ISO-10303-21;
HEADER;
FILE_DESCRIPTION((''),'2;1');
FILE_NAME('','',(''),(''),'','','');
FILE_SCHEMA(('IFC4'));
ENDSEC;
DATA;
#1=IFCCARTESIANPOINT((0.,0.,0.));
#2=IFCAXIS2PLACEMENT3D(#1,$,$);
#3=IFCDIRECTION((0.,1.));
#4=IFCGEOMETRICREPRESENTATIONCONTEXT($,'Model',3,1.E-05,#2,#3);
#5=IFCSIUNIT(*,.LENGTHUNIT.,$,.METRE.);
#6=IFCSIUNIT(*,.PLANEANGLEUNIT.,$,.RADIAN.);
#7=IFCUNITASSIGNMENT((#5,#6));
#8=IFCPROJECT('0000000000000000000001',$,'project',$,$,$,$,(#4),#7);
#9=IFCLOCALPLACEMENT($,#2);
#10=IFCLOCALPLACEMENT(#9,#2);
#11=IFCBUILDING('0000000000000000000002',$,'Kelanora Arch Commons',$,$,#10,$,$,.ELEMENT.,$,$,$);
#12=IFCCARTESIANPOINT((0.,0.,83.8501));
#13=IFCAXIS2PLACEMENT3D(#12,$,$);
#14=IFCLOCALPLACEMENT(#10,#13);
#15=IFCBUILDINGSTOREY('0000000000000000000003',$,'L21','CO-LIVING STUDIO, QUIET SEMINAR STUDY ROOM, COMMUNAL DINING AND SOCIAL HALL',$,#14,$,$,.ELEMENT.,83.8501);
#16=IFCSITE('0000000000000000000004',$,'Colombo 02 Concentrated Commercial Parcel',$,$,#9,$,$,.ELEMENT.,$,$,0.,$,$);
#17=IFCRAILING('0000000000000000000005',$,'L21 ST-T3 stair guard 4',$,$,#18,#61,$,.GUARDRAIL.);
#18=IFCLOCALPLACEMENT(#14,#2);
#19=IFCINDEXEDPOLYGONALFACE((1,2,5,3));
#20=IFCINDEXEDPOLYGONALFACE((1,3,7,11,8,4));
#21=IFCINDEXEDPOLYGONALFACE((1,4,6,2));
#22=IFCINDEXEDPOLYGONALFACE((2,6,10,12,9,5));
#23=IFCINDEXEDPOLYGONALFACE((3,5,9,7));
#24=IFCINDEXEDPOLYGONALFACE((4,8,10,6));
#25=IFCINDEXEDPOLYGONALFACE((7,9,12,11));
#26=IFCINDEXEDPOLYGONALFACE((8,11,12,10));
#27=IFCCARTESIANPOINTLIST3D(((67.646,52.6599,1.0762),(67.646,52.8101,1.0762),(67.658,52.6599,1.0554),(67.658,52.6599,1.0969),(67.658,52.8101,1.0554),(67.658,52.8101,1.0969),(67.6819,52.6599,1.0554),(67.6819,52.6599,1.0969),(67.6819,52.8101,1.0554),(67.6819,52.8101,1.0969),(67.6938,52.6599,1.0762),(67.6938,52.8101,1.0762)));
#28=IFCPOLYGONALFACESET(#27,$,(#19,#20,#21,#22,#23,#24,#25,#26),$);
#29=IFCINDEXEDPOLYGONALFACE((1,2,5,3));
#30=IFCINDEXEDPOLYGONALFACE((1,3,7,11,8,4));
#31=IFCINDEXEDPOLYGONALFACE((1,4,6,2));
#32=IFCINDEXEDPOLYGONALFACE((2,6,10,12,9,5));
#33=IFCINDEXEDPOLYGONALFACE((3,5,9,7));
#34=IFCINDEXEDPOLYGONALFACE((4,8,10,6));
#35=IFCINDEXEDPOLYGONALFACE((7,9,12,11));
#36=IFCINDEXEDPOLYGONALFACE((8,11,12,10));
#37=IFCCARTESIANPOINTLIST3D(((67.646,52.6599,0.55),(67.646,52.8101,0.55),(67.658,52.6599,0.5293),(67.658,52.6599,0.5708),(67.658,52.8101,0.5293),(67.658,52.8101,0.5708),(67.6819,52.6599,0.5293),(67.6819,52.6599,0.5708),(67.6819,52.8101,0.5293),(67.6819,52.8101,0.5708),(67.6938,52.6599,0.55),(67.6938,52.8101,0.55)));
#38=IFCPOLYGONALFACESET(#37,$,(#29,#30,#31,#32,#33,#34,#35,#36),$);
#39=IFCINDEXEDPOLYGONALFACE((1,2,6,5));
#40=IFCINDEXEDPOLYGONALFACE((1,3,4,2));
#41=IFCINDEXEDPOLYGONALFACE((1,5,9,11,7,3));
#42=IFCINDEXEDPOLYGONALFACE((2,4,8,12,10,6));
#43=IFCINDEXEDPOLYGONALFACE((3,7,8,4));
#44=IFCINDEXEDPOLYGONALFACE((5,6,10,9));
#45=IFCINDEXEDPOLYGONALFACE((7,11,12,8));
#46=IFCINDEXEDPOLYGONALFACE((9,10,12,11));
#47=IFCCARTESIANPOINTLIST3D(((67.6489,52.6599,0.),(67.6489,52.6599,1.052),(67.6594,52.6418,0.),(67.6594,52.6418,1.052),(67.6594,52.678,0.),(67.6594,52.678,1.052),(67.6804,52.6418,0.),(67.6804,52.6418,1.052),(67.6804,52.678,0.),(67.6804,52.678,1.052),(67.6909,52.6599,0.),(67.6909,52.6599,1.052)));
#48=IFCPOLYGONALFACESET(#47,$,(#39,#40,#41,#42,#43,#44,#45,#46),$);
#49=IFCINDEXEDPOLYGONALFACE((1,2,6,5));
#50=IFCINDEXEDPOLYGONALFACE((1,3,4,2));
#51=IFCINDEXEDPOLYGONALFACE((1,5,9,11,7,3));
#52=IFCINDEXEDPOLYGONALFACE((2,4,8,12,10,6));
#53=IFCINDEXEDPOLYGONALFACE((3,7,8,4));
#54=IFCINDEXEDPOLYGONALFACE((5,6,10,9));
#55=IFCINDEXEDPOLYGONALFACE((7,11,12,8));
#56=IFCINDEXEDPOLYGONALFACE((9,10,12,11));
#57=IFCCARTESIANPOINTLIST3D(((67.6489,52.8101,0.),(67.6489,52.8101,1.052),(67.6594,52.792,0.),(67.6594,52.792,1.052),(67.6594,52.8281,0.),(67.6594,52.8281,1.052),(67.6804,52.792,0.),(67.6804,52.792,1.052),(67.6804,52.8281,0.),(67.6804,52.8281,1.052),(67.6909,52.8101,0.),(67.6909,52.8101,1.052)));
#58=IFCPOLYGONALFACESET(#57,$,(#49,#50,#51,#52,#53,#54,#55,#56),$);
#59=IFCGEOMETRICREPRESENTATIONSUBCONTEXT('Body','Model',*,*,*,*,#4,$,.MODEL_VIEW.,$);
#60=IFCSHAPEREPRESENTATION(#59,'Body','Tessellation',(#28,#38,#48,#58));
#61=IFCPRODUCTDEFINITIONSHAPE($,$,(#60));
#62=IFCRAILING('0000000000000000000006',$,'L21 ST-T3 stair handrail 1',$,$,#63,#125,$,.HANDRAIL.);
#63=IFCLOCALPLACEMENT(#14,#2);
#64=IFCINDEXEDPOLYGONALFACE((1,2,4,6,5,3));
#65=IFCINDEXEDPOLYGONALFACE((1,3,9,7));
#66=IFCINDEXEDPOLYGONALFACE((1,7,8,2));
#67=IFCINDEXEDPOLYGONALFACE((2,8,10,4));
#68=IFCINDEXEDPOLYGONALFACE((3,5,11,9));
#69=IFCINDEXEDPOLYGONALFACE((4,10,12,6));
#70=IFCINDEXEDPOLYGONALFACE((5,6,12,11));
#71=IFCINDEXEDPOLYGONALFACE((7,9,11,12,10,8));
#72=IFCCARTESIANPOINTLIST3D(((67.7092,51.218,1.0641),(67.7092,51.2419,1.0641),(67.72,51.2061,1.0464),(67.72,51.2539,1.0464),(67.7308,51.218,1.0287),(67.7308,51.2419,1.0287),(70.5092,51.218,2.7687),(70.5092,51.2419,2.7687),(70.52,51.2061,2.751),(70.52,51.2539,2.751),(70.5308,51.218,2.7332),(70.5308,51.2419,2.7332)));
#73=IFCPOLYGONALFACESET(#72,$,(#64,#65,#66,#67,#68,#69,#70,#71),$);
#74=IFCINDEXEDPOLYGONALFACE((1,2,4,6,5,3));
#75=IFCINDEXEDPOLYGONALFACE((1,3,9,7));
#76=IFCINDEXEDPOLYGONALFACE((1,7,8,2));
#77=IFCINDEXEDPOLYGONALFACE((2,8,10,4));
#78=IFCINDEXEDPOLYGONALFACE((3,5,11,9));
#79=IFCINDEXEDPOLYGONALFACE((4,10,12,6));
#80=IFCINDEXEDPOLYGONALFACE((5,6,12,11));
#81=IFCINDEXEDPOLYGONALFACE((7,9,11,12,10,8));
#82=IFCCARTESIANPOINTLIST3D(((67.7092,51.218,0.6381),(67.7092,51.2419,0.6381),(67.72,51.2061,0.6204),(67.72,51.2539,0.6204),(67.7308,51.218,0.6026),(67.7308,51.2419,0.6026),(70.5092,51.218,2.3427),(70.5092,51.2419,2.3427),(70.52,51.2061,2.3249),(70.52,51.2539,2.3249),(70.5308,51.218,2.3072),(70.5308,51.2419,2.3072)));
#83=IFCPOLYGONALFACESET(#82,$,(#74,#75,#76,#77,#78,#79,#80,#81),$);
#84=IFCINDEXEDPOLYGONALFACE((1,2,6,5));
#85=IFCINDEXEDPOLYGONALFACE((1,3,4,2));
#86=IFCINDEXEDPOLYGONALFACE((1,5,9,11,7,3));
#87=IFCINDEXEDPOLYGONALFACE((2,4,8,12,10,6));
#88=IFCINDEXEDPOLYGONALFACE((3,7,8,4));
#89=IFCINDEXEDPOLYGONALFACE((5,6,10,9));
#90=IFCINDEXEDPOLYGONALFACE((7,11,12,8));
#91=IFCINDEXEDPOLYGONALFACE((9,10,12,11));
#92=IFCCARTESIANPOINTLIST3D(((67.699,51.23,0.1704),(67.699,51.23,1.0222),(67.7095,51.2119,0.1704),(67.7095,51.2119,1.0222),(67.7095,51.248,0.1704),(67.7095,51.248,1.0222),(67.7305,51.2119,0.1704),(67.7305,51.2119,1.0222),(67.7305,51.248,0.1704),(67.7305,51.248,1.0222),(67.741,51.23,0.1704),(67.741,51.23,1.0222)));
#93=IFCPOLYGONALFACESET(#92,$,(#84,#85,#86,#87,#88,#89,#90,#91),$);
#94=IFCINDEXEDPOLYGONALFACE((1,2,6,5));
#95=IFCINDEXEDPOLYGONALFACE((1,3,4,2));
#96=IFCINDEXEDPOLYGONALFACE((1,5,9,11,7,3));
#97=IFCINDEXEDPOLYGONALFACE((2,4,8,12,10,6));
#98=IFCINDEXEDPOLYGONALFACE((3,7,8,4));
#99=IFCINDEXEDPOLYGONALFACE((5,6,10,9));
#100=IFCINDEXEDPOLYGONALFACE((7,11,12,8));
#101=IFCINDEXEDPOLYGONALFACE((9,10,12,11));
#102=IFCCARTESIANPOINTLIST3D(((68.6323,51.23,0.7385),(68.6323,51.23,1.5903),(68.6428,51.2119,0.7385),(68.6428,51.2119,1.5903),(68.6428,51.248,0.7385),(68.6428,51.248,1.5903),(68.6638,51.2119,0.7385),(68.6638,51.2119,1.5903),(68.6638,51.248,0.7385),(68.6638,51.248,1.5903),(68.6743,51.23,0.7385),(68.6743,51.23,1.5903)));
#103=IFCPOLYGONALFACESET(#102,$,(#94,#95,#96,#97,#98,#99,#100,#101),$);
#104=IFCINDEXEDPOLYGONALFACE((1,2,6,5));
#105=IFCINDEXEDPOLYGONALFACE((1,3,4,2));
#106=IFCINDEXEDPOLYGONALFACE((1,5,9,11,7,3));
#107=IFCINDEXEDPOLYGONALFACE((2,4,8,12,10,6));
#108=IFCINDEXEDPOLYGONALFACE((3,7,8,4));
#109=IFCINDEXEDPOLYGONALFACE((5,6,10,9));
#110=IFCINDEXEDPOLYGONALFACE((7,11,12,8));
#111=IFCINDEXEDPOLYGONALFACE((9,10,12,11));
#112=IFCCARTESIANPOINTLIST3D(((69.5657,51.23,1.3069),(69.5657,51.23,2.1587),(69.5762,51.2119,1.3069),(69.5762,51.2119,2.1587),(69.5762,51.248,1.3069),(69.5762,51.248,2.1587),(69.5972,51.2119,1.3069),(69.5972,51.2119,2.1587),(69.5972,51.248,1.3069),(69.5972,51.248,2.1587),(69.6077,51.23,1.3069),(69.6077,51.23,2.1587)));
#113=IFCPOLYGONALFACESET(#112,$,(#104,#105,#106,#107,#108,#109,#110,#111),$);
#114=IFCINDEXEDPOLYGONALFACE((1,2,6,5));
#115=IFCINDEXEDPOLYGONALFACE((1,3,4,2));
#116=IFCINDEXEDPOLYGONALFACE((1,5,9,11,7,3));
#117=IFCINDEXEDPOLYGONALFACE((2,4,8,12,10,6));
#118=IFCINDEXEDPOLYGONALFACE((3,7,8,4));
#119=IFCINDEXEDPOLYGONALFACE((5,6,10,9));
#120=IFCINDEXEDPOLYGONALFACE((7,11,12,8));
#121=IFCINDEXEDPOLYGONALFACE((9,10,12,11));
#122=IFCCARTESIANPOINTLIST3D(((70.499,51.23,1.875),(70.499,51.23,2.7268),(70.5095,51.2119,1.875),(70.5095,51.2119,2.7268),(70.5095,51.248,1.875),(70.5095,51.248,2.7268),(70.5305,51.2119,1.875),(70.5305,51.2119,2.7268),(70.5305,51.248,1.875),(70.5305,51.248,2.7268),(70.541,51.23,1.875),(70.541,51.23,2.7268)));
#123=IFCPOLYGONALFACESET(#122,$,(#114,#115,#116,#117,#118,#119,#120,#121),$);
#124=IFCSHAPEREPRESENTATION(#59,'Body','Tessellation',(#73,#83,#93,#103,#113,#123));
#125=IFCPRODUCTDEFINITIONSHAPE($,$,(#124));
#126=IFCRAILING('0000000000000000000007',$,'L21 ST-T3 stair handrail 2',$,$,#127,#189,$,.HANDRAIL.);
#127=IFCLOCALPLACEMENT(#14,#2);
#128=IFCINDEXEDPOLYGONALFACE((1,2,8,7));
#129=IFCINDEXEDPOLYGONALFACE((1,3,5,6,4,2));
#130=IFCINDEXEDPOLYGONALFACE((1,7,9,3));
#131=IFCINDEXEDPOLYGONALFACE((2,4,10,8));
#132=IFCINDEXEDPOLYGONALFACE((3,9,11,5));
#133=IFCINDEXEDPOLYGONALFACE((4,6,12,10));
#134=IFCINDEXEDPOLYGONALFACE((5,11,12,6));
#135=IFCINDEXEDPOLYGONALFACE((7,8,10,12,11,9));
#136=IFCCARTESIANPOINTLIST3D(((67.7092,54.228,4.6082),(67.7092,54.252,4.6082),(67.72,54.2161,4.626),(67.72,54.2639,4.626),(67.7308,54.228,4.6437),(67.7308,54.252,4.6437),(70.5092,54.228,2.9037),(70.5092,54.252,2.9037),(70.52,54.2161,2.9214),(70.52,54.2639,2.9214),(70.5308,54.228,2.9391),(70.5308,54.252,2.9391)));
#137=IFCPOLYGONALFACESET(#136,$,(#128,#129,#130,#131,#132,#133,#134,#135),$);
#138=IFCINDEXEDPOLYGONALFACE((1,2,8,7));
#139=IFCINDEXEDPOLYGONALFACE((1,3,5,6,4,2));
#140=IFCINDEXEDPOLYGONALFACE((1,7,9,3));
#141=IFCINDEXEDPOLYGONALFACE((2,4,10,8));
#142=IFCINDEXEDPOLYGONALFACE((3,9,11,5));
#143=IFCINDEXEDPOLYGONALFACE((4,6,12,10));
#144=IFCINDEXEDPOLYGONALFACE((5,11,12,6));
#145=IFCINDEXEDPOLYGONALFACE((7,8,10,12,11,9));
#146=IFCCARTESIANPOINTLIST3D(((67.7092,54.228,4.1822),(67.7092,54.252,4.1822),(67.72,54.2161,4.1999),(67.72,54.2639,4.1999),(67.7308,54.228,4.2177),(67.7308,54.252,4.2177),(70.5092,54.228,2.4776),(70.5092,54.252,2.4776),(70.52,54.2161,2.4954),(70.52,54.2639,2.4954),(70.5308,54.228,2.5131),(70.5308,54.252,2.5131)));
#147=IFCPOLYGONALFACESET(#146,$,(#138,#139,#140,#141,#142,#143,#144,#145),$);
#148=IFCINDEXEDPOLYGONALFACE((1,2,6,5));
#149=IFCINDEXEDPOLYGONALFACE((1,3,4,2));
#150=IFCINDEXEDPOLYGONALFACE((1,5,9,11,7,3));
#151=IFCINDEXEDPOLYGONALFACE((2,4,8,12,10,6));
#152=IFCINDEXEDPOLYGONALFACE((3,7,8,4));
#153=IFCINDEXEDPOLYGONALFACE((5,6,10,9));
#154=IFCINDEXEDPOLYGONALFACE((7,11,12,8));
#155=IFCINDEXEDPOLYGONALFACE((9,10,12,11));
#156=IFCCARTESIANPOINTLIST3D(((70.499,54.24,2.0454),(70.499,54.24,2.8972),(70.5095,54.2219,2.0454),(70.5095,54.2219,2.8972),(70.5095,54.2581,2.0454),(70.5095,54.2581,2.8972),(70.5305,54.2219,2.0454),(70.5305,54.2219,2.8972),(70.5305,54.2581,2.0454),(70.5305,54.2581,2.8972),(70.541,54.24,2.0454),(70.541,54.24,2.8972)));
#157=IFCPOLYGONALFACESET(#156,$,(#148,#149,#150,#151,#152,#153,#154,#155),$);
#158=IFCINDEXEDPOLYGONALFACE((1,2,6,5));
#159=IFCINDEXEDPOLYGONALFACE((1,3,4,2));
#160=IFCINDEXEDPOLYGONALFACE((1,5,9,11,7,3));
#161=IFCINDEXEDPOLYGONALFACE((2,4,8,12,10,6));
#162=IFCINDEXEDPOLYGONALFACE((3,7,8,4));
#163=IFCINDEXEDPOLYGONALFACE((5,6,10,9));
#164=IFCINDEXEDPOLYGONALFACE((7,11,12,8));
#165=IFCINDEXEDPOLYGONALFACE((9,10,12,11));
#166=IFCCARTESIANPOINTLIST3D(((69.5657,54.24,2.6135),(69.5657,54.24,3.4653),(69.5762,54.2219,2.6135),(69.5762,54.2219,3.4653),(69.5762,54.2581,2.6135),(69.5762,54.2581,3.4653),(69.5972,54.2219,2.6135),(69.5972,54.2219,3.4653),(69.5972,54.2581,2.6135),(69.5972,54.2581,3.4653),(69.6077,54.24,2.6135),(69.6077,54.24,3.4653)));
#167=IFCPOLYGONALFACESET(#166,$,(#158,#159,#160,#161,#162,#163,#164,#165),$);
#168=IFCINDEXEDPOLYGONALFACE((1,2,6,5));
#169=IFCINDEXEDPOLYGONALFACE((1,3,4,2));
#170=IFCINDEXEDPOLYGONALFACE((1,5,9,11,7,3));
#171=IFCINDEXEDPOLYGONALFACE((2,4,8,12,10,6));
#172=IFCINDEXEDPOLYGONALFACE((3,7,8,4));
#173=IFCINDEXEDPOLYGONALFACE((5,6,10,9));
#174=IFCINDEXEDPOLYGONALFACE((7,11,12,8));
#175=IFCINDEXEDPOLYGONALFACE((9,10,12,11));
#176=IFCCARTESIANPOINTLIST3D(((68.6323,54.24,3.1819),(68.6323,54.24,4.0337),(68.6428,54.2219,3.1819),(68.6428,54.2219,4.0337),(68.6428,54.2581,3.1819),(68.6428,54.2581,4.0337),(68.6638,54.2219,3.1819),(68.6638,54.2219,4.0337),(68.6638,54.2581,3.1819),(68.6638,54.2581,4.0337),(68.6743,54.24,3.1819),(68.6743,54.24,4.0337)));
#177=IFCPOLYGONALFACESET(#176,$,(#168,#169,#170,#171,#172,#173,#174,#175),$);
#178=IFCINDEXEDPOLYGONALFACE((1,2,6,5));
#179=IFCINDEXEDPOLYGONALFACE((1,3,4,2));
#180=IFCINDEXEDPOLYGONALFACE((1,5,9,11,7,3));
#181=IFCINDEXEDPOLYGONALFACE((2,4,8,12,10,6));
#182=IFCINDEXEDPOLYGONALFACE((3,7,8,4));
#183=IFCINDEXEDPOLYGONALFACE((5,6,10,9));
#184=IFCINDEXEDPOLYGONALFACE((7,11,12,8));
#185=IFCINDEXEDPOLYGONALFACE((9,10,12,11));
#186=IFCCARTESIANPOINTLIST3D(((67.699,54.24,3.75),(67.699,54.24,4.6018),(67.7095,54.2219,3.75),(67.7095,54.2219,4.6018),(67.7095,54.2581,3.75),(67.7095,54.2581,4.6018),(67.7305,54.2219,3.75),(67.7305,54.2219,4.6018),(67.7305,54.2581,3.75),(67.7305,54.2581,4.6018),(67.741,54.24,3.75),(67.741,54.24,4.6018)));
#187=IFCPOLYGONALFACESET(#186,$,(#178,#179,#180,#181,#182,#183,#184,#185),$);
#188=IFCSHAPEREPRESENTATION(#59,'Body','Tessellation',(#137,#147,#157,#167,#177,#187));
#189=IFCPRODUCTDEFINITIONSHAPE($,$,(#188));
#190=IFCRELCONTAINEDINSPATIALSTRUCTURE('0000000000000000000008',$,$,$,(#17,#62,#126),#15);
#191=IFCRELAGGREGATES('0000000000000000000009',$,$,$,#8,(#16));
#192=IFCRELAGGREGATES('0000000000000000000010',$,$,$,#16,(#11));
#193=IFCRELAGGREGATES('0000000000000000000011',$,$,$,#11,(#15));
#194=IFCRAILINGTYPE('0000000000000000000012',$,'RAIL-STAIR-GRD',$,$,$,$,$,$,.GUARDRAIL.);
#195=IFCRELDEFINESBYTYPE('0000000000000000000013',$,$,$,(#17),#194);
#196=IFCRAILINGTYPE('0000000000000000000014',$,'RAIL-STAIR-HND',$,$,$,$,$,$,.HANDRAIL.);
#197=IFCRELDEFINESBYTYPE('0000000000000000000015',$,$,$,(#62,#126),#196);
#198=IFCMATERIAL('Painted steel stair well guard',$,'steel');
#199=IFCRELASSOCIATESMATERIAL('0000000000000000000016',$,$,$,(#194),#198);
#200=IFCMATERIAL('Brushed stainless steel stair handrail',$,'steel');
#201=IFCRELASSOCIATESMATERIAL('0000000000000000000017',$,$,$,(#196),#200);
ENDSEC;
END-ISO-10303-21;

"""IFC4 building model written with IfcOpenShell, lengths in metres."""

from ifc_helpers import new_model, si_unit, direction, frame, origin, place, context, subcontext, project, spatial, polyline, outline, extrude, material, type_object, element, save


model = new_model("IFC4")

# Units and contexts
model_context = context("Model", 3, precision=1e-05, world=origin(), true_north=direction((0.0, 1.0)))
body_context = subcontext(model_context, "Body", "Model", "MODEL_VIEW")
ifc_project = project(units=[si_unit("LENGTHUNIT", "METRE"), si_unit("PLANEANGLEUNIT", "RADIAN")], contexts=[model_context])

# Site, building, storey
site_placement = place(None, origin())
site = spatial("IfcSite", under=ifc_project, at=site_placement, Name="Colombo 02 Concentrated Commercial Parcel", CompositionType="ELEMENT", RefElevation=0.0)
building_placement = place(site_placement, origin())
building = spatial("IfcBuilding", under=site, at=building_placement, Name="Kelanora Arch Commons", CompositionType="ELEMENT")
storey_placement = place(building_placement, frame((0.0, 0.0, 83.8501)))
storey = spatial("IfcBuildingStorey", under=building, at=storey_placement, Name="L21", Description="CO-LIVING STUDIO, QUIET SEMINAR STUDY ROOM, COMMUNAL DINING AND SOCIAL HALL", CompositionType="ELEMENT", Elevation=83.8501)

# Railings
ifc_material_1 = material(Name="Painted steel stair well guard", Category="steel")
railing_type_1 = type_object("IfcRailingType", Name="RAIL-STAIR-GRD", PredefinedType="GUARDRAIL", material=ifc_material_1)
railing_1_placement = place(storey_placement, frame((67.6699, 52.6599, 0.0)))
element("IfcRailing", 1, at=railing_1_placement, inside=storey, type_object=railing_type_1, Name="L21 ST-T3 stair guard 4", PredefinedType="GUARDRAIL", context=body_context, shape_type="SweptSolid", body=[
    extrude(outline(polyline([(0.0239, 0.0), (0.012, 0.0208), (-0.012, 0.0208), (-0.0239, 0.0), (-0.012, -0.0208), (0.012, -0.0208), (0.0239, 0.0)])), frame((0.0, 0.0, 1.0762), z_axis=(0.0, 1.0, 0.0), x_axis=(-1.0, 0.0, 0.0)), (0.0, 0.0, 1.0), 0.1501),
    extrude(outline(polyline([(0.0239, 0.0), (0.012, 0.0208), (-0.012, 0.0208), (-0.0239, 0.0), (-0.012, -0.0208), (0.012, -0.0208), (0.0239, 0.0)])), frame((0.0, 0.0, 0.55), z_axis=(0.0, 1.0, 0.0), x_axis=(-1.0, 0.0, 0.0)), (0.0, 0.0, 1.0), 0.1501),
    extrude(outline(polyline([(0.021, 0.0), (0.0105, 0.0181), (-0.0105, 0.0181), (-0.021, 0.0), (-0.0105, -0.0181), (0.0105, -0.0181), (0.021, 0.0)])), origin(), (0.0, 0.0, 1.0), 1.052),
    extrude(outline(polyline([(0.021, 0.0), (0.0105, 0.0181), (-0.0105, 0.0181), (-0.021, 0.0), (-0.0105, -0.0181), (0.0105, -0.0181), (0.021, 0.0)])), frame((0.0, 0.1501, 0.0)), (0.0, 0.0, 1.0), 1.052),
])
ifc_material_2 = material(Name="Brushed stainless steel stair handrail", Category="steel")
railing_type_2 = type_object("IfcRailingType", Name="RAIL-STAIR-HND", PredefinedType="HANDRAIL", material=ifc_material_2)
railing_2_placement = place(storey_placement, frame((67.72, 51.23, 0.1704)))
element("IfcRailing", 2, at=railing_2_placement, inside=storey, type_object=railing_type_2, Name="L21 ST-T3 stair handrail 1", PredefinedType="HANDRAIL", context=body_context, shape_type="SweptSolid", body=[
    extrude(outline(polyline([(0.0239, 0.0), (0.012, 0.0208), (-0.012, 0.0208), (-0.0239, 0.0), (-0.012, -0.0208), (0.012, -0.0208), (0.0239, 0.0)])), frame((0.0, 0.0, 0.876), z_axis=(0.85417, 0.0, 0.519994), x_axis=(0.0, 1.0, 0.0)), (0.0, 0.0, 1.0), 3.2781),
    extrude(outline(polyline([(0.0239, 0.0), (0.012, 0.0208), (-0.012, 0.0208), (-0.0239, 0.0), (-0.012, -0.0208), (0.012, -0.0208), (0.0239, 0.0)])), frame((0.0, 0.0, 0.45), z_axis=(0.85417, 0.0, 0.519994), x_axis=(0.0, 1.0, 0.0)), (0.0, 0.0, 1.0), 3.2781),
    extrude(outline(polyline([(0.021, 0.0), (0.0105, 0.0181), (-0.0105, 0.0181), (-0.021, 0.0), (-0.0105, -0.0181), (0.0105, -0.0181), (0.021, 0.0)])), origin(), (0.0, 0.0, 1.0), 0.8518),
    extrude(outline(polyline([(0.021, 0.0), (0.0105, 0.0181), (-0.0105, 0.0181), (-0.021, 0.0), (-0.0105, -0.0181), (0.0105, -0.0181), (0.021, 0.0)])), frame((0.9333, 0.0, 0.5681)), (0.0, 0.0, 1.0), 0.8518),
    extrude(outline(polyline([(0.021, 0.0), (0.0105, 0.0181), (-0.0105, 0.0181), (-0.021, 0.0), (-0.0105, -0.0181), (0.0105, -0.0181), (0.021, 0.0)])), frame((1.8667, 0.0, 1.1365)), (0.0, 0.0, 1.0), 0.8518),
    extrude(outline(polyline([(0.021, 0.0), (0.0105, 0.0181), (-0.0105, 0.0181), (-0.021, 0.0), (-0.0105, -0.0181), (0.0105, -0.0181), (0.021, 0.0)])), frame((2.8, 0.0, 1.7046)), (0.0, 0.0, 1.0), 0.8518),
])
railing_3_placement = place(storey_placement, frame((70.52, 54.24, 2.0454)))
element("IfcRailing", 3, at=railing_3_placement, inside=storey, type_object=railing_type_2, Name="L21 ST-T3 stair handrail 2", PredefinedType="HANDRAIL", context=body_context, shape_type="SweptSolid", body=[
    extrude(outline(polyline([(0.0239, 0.0), (0.012, 0.0208), (-0.012, 0.0208), (-0.0239, 0.0), (-0.012, -0.0208), (0.012, -0.0208), (0.0239, 0.0)])), frame((0.0, 0.0, 0.876), z_axis=(-0.85417, 0.0, 0.519994), x_axis=(0.0, -1.0, 0.0)), (0.0, 0.0, 1.0), 3.2781),
    extrude(outline(polyline([(0.0239, 0.0), (0.012, 0.0208), (-0.012, 0.0208), (-0.0239, 0.0), (-0.012, -0.0208), (0.012, -0.0208), (0.0239, 0.0)])), frame((0.0, 0.0, 0.45), z_axis=(-0.85417, 0.0, 0.519994), x_axis=(0.0, -1.0, 0.0)), (0.0, 0.0, 1.0), 3.2781),
    extrude(outline(polyline([(0.021, 0.0), (0.0105, 0.0181), (-0.0105, 0.0181), (-0.021, 0.0), (-0.0105, -0.0181), (0.0105, -0.0181), (0.021, 0.0)])), origin(), (0.0, 0.0, 1.0), 0.8518),
    extrude(outline(polyline([(0.021, 0.0), (0.0105, 0.0181), (-0.0105, 0.0181), (-0.021, 0.0), (-0.0105, -0.0181), (0.0105, -0.0181), (0.021, 0.0)])), frame((-0.9333, 0.0, 0.5681)), (0.0, 0.0, 1.0), 0.8518),
    extrude(outline(polyline([(0.021, 0.0), (0.0105, 0.0181), (-0.0105, 0.0181), (-0.021, 0.0), (-0.0105, -0.0181), (0.0105, -0.0181), (0.021, 0.0)])), frame((-1.8667, 0.0, 1.1365)), (0.0, 0.0, 1.0), 0.8518),
    extrude(outline(polyline([(0.021, 0.0), (0.0105, 0.0181), (-0.0105, 0.0181), (-0.021, 0.0), (-0.0105, -0.0181), (0.0105, -0.0181), (0.021, 0.0)])), frame((-2.8, 0.0, 1.7046)), (0.0, 0.0, 1.0), 0.8518),
])

save(model, "model.ifc")
